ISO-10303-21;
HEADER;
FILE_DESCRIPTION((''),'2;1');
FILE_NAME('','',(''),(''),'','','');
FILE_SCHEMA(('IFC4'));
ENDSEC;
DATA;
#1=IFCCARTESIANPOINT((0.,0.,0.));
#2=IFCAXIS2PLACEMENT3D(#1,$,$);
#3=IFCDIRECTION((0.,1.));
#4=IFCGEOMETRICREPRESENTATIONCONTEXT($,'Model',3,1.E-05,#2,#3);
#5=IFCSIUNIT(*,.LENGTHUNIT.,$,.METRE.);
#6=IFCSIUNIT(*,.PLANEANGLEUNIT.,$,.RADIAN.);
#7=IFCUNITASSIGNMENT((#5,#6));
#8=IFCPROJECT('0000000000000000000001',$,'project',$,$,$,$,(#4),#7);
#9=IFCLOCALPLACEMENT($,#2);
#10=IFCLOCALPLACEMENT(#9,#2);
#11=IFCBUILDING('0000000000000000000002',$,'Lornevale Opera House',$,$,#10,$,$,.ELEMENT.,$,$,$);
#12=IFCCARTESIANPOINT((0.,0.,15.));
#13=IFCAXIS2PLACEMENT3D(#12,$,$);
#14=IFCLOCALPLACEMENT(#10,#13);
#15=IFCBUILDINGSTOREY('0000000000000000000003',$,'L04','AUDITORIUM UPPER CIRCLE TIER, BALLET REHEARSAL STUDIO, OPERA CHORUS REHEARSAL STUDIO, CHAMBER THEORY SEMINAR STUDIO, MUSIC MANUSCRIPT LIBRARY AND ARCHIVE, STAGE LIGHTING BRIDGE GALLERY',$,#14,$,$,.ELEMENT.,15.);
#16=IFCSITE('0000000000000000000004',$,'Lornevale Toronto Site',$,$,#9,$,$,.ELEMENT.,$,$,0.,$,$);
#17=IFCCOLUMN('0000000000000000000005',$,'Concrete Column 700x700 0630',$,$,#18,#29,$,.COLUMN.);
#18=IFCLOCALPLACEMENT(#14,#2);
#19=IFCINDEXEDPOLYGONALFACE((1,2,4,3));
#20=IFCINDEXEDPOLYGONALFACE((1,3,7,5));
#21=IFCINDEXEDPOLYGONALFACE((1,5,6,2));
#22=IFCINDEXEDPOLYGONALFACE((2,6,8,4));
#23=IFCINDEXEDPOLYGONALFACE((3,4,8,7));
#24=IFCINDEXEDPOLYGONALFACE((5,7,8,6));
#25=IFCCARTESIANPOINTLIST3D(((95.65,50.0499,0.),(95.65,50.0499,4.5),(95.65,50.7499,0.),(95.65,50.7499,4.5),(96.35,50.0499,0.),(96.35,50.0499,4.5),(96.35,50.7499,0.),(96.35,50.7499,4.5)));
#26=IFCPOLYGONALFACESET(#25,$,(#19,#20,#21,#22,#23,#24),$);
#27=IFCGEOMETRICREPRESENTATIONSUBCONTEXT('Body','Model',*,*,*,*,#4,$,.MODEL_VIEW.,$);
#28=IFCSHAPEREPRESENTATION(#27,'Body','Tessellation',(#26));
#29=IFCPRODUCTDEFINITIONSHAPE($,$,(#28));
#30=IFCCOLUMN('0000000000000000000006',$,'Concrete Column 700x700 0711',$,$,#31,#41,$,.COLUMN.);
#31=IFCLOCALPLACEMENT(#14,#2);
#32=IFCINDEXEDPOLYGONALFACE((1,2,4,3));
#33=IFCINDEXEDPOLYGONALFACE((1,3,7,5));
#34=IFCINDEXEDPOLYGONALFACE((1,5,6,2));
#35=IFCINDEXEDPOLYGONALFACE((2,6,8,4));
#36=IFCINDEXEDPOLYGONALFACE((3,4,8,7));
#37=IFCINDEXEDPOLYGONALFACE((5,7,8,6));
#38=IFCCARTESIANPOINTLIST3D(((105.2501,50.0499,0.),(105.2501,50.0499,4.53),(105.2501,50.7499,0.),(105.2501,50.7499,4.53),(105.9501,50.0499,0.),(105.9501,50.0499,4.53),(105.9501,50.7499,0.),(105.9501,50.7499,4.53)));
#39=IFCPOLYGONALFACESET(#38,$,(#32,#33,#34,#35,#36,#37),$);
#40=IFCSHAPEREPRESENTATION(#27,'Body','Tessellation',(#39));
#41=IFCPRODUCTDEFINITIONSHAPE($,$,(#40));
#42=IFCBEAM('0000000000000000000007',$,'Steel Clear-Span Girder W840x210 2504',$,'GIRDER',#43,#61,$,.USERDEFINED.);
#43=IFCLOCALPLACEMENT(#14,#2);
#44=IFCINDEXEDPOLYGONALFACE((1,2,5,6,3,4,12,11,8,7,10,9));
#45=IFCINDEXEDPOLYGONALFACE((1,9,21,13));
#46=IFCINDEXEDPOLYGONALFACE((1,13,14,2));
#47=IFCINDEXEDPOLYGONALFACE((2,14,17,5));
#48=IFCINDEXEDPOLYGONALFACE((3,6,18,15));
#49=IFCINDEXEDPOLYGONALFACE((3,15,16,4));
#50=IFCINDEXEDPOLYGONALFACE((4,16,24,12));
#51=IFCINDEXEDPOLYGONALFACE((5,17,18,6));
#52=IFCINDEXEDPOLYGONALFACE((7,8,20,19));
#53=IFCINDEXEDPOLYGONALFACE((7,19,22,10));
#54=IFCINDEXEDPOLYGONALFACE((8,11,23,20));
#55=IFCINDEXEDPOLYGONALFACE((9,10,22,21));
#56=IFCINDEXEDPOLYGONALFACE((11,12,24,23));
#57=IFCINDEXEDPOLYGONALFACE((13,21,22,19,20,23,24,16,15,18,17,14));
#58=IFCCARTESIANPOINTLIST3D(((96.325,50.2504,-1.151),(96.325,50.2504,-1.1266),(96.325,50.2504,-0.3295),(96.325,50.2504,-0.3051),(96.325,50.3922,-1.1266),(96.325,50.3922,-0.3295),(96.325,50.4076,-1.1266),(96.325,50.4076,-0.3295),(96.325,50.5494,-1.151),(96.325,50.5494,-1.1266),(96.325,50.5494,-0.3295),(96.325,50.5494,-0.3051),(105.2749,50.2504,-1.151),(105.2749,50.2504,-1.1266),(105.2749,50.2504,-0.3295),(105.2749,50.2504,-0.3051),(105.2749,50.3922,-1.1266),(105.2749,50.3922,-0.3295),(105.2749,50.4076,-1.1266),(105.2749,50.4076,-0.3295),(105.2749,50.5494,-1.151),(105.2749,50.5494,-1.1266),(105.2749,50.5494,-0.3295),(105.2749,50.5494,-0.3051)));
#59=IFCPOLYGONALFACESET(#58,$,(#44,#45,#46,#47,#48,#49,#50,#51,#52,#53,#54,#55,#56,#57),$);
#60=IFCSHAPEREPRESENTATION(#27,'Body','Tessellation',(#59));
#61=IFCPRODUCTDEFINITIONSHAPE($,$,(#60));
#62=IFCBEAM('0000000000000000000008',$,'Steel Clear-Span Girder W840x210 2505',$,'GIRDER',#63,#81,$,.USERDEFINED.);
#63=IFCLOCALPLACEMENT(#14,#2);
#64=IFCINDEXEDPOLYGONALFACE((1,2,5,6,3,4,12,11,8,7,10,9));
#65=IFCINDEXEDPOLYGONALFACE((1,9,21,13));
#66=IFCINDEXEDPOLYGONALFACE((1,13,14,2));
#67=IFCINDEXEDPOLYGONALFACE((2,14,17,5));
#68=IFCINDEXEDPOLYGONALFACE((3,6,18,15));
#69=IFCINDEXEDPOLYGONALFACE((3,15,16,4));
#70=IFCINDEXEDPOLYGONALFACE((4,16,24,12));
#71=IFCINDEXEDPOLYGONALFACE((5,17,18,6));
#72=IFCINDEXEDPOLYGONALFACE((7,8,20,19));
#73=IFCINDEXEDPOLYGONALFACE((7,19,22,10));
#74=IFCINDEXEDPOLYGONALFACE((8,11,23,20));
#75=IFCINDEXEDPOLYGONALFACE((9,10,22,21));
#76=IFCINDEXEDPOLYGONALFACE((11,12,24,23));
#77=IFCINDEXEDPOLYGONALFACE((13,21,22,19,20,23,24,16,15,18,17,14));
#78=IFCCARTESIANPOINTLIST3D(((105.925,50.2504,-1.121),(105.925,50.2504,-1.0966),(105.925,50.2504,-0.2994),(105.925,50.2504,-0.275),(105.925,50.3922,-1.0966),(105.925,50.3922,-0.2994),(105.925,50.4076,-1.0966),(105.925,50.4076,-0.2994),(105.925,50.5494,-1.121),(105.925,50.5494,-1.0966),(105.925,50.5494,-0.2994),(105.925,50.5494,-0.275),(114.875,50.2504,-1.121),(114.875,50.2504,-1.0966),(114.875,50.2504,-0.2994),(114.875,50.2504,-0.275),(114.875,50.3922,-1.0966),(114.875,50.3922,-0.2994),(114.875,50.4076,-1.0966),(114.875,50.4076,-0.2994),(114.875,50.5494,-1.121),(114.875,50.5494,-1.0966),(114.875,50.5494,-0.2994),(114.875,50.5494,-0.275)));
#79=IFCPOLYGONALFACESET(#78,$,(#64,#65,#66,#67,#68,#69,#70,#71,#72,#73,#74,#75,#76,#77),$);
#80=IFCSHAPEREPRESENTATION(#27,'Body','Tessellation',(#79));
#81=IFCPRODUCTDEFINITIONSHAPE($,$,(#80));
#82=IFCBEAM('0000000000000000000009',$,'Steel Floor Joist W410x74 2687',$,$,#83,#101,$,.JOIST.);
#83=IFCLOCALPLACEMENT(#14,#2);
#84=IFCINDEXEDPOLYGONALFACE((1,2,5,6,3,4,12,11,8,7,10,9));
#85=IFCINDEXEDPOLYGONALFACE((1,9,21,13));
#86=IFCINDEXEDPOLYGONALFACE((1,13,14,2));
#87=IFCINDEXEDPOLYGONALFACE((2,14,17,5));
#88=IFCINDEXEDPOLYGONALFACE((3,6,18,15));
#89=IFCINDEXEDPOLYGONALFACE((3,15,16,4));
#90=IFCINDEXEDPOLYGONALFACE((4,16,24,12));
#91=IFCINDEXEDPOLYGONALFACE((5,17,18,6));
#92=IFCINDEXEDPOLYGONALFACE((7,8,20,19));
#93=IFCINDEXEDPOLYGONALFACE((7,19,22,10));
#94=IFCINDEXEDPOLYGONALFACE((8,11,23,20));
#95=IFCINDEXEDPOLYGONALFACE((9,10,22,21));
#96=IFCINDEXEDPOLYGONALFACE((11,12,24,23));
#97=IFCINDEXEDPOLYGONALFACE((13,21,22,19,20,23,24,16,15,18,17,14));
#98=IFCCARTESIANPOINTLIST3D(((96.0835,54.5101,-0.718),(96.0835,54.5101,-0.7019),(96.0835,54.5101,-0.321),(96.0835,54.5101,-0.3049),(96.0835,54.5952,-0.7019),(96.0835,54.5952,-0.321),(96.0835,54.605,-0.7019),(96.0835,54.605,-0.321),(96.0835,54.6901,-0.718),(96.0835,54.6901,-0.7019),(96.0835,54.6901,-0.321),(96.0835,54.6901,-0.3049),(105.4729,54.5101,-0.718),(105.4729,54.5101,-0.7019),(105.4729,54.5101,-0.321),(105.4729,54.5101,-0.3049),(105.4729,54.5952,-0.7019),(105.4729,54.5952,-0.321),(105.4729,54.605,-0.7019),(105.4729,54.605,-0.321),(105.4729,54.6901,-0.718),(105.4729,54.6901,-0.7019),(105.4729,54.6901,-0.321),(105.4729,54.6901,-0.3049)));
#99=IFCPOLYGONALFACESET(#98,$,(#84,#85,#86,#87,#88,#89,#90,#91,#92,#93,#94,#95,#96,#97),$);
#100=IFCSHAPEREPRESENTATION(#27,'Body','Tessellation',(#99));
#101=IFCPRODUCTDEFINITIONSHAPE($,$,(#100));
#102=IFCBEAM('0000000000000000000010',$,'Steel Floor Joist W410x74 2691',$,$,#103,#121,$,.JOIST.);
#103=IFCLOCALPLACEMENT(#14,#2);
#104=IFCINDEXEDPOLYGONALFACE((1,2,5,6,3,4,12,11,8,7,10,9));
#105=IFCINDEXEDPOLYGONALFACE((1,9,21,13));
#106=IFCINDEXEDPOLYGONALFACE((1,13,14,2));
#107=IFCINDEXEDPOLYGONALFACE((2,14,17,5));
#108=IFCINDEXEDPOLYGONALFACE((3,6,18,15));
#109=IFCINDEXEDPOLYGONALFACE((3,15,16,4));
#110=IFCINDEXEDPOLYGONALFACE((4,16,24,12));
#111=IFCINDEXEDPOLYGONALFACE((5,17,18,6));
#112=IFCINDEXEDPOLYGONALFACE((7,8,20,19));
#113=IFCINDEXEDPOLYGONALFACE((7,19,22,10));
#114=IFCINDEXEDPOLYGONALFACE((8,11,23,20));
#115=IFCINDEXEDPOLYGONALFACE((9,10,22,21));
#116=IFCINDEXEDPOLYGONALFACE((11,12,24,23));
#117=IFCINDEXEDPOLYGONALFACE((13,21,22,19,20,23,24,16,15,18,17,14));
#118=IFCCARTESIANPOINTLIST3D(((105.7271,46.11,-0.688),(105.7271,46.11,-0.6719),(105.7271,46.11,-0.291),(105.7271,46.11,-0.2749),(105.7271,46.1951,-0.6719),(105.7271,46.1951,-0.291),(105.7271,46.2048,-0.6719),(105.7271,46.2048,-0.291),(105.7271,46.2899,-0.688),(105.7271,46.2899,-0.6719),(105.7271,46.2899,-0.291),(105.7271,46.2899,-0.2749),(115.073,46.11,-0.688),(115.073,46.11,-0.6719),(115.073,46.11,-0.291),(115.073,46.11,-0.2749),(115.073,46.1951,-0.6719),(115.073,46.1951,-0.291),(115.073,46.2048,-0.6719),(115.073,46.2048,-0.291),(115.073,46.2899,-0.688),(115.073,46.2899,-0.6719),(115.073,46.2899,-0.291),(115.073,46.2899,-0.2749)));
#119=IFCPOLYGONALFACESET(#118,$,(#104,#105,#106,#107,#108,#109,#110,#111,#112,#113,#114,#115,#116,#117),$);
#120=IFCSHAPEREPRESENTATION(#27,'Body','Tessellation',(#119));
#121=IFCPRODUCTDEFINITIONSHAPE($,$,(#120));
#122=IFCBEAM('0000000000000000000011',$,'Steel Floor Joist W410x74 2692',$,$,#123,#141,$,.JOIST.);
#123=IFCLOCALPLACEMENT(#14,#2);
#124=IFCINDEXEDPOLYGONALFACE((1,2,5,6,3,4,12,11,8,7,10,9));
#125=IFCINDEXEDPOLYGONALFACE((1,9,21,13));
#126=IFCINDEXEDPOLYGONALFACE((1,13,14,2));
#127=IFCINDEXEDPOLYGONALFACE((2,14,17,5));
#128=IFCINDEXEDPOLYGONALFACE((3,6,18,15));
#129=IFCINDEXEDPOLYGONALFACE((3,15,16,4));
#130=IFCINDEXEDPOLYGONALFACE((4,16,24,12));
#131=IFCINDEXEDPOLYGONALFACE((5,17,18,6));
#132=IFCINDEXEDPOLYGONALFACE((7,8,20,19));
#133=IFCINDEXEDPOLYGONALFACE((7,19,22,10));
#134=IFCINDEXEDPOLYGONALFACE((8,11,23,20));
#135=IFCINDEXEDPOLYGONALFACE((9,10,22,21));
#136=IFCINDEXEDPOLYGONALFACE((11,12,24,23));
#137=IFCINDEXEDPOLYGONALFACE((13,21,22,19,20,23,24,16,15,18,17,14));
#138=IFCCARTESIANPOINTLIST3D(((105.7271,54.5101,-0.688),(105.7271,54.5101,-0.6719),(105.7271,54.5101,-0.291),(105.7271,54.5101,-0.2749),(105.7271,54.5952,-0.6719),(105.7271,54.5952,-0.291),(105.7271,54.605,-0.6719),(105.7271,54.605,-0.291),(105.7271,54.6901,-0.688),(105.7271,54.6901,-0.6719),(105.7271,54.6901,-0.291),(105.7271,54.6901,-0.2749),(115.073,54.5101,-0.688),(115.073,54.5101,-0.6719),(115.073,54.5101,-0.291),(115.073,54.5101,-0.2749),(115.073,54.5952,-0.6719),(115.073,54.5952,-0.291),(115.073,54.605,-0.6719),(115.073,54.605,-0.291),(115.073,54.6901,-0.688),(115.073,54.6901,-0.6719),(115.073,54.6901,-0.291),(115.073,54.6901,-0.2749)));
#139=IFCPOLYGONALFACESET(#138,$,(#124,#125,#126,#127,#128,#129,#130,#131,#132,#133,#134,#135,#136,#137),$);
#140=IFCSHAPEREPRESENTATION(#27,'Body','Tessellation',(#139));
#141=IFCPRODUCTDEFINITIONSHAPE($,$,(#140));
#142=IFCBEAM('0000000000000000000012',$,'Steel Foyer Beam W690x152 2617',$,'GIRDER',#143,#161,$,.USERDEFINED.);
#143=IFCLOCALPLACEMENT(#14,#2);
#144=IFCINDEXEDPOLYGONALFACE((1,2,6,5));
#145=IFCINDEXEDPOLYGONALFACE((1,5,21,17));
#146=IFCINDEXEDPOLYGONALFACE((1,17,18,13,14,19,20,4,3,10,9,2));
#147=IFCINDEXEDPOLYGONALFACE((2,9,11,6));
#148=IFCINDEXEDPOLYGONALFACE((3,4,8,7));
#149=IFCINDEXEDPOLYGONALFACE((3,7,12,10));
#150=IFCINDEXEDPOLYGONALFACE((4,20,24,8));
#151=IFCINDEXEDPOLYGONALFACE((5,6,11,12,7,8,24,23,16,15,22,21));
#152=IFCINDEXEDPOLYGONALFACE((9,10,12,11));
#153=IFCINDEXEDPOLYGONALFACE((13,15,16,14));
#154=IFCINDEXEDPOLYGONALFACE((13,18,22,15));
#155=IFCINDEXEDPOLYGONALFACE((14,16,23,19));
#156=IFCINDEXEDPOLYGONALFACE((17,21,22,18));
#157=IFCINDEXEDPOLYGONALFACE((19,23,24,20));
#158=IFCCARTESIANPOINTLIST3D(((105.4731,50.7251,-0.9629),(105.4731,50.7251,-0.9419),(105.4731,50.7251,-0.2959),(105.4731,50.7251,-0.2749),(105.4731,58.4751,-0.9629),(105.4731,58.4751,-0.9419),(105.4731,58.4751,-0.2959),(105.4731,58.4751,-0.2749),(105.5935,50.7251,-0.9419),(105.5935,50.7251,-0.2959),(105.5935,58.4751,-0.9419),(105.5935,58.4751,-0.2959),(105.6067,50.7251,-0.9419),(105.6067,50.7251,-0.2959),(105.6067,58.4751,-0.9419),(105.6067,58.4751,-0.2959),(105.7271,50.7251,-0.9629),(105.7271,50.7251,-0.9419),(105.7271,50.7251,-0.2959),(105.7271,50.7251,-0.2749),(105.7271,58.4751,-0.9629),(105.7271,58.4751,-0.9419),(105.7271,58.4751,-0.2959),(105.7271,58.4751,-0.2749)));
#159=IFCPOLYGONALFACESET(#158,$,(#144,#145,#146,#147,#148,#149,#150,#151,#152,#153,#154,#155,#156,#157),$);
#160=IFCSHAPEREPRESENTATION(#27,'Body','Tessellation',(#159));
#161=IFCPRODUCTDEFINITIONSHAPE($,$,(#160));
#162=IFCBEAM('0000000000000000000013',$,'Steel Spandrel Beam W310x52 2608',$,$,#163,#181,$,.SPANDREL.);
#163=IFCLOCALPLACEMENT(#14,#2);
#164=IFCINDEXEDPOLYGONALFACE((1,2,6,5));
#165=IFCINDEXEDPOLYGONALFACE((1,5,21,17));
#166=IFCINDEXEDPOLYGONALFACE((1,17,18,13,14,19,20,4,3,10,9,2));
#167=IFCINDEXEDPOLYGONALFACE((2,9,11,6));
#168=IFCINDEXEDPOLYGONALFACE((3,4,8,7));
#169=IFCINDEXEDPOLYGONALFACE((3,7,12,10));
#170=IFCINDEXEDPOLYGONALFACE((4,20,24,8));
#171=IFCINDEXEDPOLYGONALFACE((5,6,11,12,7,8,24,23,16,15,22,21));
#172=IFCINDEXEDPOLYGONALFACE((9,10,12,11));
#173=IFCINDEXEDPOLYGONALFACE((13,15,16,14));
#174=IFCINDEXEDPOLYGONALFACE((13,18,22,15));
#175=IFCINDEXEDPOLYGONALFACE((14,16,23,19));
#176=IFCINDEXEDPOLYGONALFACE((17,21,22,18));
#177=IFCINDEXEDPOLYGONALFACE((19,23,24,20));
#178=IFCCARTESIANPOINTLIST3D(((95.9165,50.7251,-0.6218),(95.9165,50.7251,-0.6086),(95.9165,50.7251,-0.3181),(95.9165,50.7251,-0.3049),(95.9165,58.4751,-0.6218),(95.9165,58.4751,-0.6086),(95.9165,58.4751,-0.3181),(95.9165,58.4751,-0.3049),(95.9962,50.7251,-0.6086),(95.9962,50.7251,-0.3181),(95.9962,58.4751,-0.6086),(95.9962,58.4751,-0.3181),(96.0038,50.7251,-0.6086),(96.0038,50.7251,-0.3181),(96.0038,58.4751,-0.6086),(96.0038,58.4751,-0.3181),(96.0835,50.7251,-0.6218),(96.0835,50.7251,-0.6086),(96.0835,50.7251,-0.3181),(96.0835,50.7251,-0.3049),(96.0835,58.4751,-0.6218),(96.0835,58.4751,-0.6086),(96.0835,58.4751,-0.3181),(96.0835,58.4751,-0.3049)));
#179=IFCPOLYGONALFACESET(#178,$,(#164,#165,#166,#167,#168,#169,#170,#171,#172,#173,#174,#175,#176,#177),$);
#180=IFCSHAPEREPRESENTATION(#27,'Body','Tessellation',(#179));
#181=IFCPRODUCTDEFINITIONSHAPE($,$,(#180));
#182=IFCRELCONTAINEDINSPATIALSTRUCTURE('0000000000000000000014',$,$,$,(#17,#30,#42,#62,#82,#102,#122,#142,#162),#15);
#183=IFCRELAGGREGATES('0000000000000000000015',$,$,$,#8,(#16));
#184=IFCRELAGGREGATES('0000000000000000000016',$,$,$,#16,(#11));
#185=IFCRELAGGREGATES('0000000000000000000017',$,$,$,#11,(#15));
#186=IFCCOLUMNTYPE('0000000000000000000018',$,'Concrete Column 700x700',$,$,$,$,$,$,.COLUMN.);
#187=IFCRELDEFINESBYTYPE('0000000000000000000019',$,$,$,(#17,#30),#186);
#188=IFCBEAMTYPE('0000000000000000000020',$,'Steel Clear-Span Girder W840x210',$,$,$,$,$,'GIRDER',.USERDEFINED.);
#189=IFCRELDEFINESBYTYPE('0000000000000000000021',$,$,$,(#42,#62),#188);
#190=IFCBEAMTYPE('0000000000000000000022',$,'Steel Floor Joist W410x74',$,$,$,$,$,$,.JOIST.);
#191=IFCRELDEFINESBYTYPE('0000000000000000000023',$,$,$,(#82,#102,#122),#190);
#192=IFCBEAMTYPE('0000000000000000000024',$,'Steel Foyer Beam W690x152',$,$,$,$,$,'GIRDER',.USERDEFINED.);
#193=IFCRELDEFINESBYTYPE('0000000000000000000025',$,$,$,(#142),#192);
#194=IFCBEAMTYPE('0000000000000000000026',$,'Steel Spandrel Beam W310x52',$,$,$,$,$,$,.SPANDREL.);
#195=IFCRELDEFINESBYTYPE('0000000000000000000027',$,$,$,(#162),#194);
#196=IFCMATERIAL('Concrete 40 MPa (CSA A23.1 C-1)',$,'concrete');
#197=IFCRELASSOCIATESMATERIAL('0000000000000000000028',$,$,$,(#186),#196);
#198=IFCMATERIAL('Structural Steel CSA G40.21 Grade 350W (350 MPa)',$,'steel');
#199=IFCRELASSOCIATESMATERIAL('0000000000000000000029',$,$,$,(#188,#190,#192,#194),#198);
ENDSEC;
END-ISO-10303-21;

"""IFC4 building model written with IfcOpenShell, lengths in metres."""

from ifc_helpers import new_model, si_unit, direction, frame, origin, origin_2d, place, context, subcontext, project, spatial, rectangle, i_section, extrude, material, material_profile, profile_set, type_object, element, save


model = new_model("IFC4")

# Units and contexts
model_context = context("Model", 3, precision=1e-05, world=origin(), true_north=direction((0.0, 1.0)))
body_context = subcontext(model_context, "Body", "Model", "MODEL_VIEW")
ifc_project = project(units=[si_unit("LENGTHUNIT", "METRE"), si_unit("PLANEANGLEUNIT", "RADIAN")], contexts=[model_context])

# Site, building, storey
site_placement = place(None, origin())
site = spatial("IfcSite", under=ifc_project, at=site_placement, Name="Lornevale Toronto Site", CompositionType="ELEMENT", RefElevation=0.0)
building_placement = place(site_placement, origin())
building = spatial("IfcBuilding", under=site, at=building_placement, Name="Lornevale Opera House", CompositionType="ELEMENT")
storey_placement = place(building_placement, frame((0.0, 0.0, 15.0)))
storey = spatial("IfcBuildingStorey", under=building, at=storey_placement, Name="L04", Description="AUDITORIUM UPPER CIRCLE TIER, BALLET REHEARSAL STUDIO, OPERA CHORUS REHEARSAL STUDIO, CHAMBER THEORY SEMINAR STUDIO, MUSIC MANUSCRIPT LIBRARY AND ARCHIVE, STAGE LIGHTING BRIDGE GALLERY", CompositionType="ELEMENT", Elevation=15.0)

# Columns
ifc_material_1 = material(Name="Concrete 40 MPa (CSA A23.1 C-1)", Category="concrete")
ifc_material_profile_1 = material_profile(ifc_material_1, rectangle(XDim=0.7, YDim=0.7, at=origin_2d()), Name="RC700x700")
ifc_profile_set_1 = profile_set([ifc_material_profile_1], Name="Concrete 40 MPa (CSA A23.1 C-1)")
column_type = type_object("IfcColumnType", Name="Concrete Column 700x700", PredefinedType="COLUMN", material=ifc_profile_set_1)
column_1_placement = place(storey_placement, frame((96.0, 50.3999, 0.0), z_axis=(0.0, 0.0, 1.0), x_axis=(1.0, 0.0, 0.0)))
element("IfcColumn", 1, at=column_1_placement, inside=storey, type_object=column_type, Name="Concrete Column 700x700 0630", PredefinedType="COLUMN", context=body_context, shape_type="SweptSolid", body=[
    extrude(rectangle(XDim=0.7, YDim=0.7, at=origin_2d()), origin(), (0.0, 0.0, 1.0), 4.5),
])
column_2_placement = place(storey_placement, frame((105.6001, 50.3999, 0.0), z_axis=(0.0, 0.0, 1.0), x_axis=(1.0, 0.0, 0.0)))
element("IfcColumn", 2, at=column_2_placement, inside=storey, type_object=column_type, Name="Concrete Column 700x700 0711", PredefinedType="COLUMN", context=body_context, shape_type="SweptSolid", body=[
    extrude(rectangle(XDim=0.7, YDim=0.7, at=origin_2d()), origin(), (0.0, 0.0, 1.0), 4.53),
])

# Beams
ifc_material_2 = material(Name="Structural Steel CSA G40.21 Grade 350W (350 MPa)", Category="steel")
ifc_material_profile_2 = material_profile(ifc_material_2, i_section(OverallWidth=0.2991, OverallDepth=0.8459, WebThickness=0.0154, FlangeThickness=0.0244, at=origin_2d()), Name="W840x210")
ifc_profile_set_2 = profile_set([ifc_material_profile_2], Name="Structural Steel CSA G40.21 Grade 350W (350 MPa)")
beam_type_1 = type_object("IfcBeamType", Name="Steel Clear-Span Girder W840x210", ElementType="GIRDER", PredefinedType="USERDEFINED", material=ifc_profile_set_2)
for number, where, z_axis, x_axis, name in (
    (3, (96.325, 50.3999, -0.728), (1.0, 0.0, 0.0), (0.0, 1.0, 0.0), "Steel Clear-Span Girder W840x210 2504"),
    (4, (105.925, 50.3999, -0.698), (1.0, 0.0, 0.0), (0.0, 1.0, 0.0), "Steel Clear-Span Girder W840x210 2505"),
):
    element("IfcBeam", number, at=place(storey_placement, frame(where, z_axis=z_axis, x_axis=x_axis)), inside=storey, type_object=beam_type_1, Name=name, ObjectType="GIRDER", PredefinedType="USERDEFINED", context=body_context, shape_type="SweptSolid", body=[
        extrude(i_section(OverallWidth=0.2991, OverallDepth=0.8459, WebThickness=0.0154, FlangeThickness=0.0244, at=origin_2d()), origin(), (0.0, 0.0, 1.0), 8.95),
    ])
ifc_material_profile_3 = material_profile(ifc_material_2, i_section(OverallWidth=0.1799, OverallDepth=0.4131, WebThickness=0.0098, FlangeThickness=0.0161, at=origin_2d()), Name="W410x74")
ifc_profile_set_3 = profile_set([ifc_material_profile_3], Name="Structural Steel CSA G40.21 Grade 350W (350 MPa)")
beam_type_2 = type_object("IfcBeamType", Name="Steel Floor Joist W410x74", PredefinedType="JOIST", material=ifc_profile_set_3)
beam_1_placement = place(storey_placement, frame((96.0835, 54.6001, -0.5115), z_axis=(1.0, 0.0, 0.0), x_axis=(0.0, 1.0, 0.0)))
element("IfcBeam", 5, at=beam_1_placement, inside=storey, type_object=beam_type_2, Name="Steel Floor Joist W410x74 2687", PredefinedType="JOIST", context=body_context, shape_type="SweptSolid", body=[
    extrude(i_section(OverallWidth=0.1799, OverallDepth=0.4131, WebThickness=0.0098, FlangeThickness=0.0161, at=origin_2d()), origin(), (0.0, 0.0, 1.0), 9.3894),
])
for number, where, z_axis, x_axis, name in (
    (6, (105.7271, 46.2, -0.4814), (1.0, 0.0, 0.0), (0.0, 1.0, 0.0), "Steel Floor Joist W410x74 2691"),
    (7, (105.7271, 54.6001, -0.4814), (1.0, 0.0, 0.0), (0.0, 1.0, 0.0), "Steel Floor Joist W410x74 2692"),
):
    element("IfcBeam", number, at=place(storey_placement, frame(where, z_axis=z_axis, x_axis=x_axis)), inside=storey, type_object=beam_type_2, Name=name, PredefinedType="JOIST", context=body_context, shape_type="SweptSolid", body=[
        extrude(i_section(OverallWidth=0.1799, OverallDepth=0.4131, WebThickness=0.0098, FlangeThickness=0.0161, at=origin_2d()), origin(), (0.0, 0.0, 1.0), 9.3459),
    ])
ifc_material_profile_4 = material_profile(ifc_material_2, i_section(OverallWidth=0.2539, OverallDepth=0.688, WebThickness=0.0132, FlangeThickness=0.021, at=origin_2d()), Name="W690x152")
ifc_profile_set_4 = profile_set([ifc_material_profile_4], Name="Structural Steel CSA G40.21 Grade 350W (350 MPa)")
beam_type_3 = type_object("IfcBeamType", Name="Steel Foyer Beam W690x152", ElementType="GIRDER", PredefinedType="USERDEFINED", material=ifc_profile_set_4)
beam_2_placement = place(storey_placement, frame((105.6001, 50.7251, -0.6189), z_axis=(0.0, 1.0, 0.0), x_axis=(-1.0, 0.0, 0.0)))
element("IfcBeam", 8, at=beam_2_placement, inside=storey, type_object=beam_type_3, Name="Steel Foyer Beam W690x152 2617", ObjectType="GIRDER", PredefinedType="USERDEFINED", context=body_context, shape_type="SweptSolid", body=[
    extrude(i_section(OverallWidth=0.2539, OverallDepth=0.688, WebThickness=0.0132, FlangeThickness=0.021, at=origin_2d()), origin(), (0.0, 0.0, 1.0), 7.75),
])
ifc_material_profile_5 = material_profile(ifc_material_2, i_section(OverallWidth=0.167, OverallDepth=0.3169, WebThickness=0.0076, FlangeThickness=0.0132, at=origin_2d()), Name="W310x52")
ifc_profile_set_5 = profile_set([ifc_material_profile_5], Name="Structural Steel CSA G40.21 Grade 350W (350 MPa)")
beam_type_4 = type_object("IfcBeamType", Name="Steel Spandrel Beam W310x52", PredefinedType="SPANDREL", material=ifc_profile_set_5)
beam_3_placement = place(storey_placement, frame((96.0, 50.7251, -0.4634), z_axis=(0.0, 1.0, 0.0), x_axis=(-1.0, 0.0, 0.0)))
element("IfcBeam", 9, at=beam_3_placement, inside=storey, type_object=beam_type_4, Name="Steel Spandrel Beam W310x52 2608", PredefinedType="SPANDREL", context=body_context, shape_type="SweptSolid", body=[
    extrude(i_section(OverallWidth=0.167, OverallDepth=0.3169, WebThickness=0.0076, FlangeThickness=0.0132, at=origin_2d()), origin(), (0.0, 0.0, 1.0), 7.75),
])

save(model, "model.ifc")
